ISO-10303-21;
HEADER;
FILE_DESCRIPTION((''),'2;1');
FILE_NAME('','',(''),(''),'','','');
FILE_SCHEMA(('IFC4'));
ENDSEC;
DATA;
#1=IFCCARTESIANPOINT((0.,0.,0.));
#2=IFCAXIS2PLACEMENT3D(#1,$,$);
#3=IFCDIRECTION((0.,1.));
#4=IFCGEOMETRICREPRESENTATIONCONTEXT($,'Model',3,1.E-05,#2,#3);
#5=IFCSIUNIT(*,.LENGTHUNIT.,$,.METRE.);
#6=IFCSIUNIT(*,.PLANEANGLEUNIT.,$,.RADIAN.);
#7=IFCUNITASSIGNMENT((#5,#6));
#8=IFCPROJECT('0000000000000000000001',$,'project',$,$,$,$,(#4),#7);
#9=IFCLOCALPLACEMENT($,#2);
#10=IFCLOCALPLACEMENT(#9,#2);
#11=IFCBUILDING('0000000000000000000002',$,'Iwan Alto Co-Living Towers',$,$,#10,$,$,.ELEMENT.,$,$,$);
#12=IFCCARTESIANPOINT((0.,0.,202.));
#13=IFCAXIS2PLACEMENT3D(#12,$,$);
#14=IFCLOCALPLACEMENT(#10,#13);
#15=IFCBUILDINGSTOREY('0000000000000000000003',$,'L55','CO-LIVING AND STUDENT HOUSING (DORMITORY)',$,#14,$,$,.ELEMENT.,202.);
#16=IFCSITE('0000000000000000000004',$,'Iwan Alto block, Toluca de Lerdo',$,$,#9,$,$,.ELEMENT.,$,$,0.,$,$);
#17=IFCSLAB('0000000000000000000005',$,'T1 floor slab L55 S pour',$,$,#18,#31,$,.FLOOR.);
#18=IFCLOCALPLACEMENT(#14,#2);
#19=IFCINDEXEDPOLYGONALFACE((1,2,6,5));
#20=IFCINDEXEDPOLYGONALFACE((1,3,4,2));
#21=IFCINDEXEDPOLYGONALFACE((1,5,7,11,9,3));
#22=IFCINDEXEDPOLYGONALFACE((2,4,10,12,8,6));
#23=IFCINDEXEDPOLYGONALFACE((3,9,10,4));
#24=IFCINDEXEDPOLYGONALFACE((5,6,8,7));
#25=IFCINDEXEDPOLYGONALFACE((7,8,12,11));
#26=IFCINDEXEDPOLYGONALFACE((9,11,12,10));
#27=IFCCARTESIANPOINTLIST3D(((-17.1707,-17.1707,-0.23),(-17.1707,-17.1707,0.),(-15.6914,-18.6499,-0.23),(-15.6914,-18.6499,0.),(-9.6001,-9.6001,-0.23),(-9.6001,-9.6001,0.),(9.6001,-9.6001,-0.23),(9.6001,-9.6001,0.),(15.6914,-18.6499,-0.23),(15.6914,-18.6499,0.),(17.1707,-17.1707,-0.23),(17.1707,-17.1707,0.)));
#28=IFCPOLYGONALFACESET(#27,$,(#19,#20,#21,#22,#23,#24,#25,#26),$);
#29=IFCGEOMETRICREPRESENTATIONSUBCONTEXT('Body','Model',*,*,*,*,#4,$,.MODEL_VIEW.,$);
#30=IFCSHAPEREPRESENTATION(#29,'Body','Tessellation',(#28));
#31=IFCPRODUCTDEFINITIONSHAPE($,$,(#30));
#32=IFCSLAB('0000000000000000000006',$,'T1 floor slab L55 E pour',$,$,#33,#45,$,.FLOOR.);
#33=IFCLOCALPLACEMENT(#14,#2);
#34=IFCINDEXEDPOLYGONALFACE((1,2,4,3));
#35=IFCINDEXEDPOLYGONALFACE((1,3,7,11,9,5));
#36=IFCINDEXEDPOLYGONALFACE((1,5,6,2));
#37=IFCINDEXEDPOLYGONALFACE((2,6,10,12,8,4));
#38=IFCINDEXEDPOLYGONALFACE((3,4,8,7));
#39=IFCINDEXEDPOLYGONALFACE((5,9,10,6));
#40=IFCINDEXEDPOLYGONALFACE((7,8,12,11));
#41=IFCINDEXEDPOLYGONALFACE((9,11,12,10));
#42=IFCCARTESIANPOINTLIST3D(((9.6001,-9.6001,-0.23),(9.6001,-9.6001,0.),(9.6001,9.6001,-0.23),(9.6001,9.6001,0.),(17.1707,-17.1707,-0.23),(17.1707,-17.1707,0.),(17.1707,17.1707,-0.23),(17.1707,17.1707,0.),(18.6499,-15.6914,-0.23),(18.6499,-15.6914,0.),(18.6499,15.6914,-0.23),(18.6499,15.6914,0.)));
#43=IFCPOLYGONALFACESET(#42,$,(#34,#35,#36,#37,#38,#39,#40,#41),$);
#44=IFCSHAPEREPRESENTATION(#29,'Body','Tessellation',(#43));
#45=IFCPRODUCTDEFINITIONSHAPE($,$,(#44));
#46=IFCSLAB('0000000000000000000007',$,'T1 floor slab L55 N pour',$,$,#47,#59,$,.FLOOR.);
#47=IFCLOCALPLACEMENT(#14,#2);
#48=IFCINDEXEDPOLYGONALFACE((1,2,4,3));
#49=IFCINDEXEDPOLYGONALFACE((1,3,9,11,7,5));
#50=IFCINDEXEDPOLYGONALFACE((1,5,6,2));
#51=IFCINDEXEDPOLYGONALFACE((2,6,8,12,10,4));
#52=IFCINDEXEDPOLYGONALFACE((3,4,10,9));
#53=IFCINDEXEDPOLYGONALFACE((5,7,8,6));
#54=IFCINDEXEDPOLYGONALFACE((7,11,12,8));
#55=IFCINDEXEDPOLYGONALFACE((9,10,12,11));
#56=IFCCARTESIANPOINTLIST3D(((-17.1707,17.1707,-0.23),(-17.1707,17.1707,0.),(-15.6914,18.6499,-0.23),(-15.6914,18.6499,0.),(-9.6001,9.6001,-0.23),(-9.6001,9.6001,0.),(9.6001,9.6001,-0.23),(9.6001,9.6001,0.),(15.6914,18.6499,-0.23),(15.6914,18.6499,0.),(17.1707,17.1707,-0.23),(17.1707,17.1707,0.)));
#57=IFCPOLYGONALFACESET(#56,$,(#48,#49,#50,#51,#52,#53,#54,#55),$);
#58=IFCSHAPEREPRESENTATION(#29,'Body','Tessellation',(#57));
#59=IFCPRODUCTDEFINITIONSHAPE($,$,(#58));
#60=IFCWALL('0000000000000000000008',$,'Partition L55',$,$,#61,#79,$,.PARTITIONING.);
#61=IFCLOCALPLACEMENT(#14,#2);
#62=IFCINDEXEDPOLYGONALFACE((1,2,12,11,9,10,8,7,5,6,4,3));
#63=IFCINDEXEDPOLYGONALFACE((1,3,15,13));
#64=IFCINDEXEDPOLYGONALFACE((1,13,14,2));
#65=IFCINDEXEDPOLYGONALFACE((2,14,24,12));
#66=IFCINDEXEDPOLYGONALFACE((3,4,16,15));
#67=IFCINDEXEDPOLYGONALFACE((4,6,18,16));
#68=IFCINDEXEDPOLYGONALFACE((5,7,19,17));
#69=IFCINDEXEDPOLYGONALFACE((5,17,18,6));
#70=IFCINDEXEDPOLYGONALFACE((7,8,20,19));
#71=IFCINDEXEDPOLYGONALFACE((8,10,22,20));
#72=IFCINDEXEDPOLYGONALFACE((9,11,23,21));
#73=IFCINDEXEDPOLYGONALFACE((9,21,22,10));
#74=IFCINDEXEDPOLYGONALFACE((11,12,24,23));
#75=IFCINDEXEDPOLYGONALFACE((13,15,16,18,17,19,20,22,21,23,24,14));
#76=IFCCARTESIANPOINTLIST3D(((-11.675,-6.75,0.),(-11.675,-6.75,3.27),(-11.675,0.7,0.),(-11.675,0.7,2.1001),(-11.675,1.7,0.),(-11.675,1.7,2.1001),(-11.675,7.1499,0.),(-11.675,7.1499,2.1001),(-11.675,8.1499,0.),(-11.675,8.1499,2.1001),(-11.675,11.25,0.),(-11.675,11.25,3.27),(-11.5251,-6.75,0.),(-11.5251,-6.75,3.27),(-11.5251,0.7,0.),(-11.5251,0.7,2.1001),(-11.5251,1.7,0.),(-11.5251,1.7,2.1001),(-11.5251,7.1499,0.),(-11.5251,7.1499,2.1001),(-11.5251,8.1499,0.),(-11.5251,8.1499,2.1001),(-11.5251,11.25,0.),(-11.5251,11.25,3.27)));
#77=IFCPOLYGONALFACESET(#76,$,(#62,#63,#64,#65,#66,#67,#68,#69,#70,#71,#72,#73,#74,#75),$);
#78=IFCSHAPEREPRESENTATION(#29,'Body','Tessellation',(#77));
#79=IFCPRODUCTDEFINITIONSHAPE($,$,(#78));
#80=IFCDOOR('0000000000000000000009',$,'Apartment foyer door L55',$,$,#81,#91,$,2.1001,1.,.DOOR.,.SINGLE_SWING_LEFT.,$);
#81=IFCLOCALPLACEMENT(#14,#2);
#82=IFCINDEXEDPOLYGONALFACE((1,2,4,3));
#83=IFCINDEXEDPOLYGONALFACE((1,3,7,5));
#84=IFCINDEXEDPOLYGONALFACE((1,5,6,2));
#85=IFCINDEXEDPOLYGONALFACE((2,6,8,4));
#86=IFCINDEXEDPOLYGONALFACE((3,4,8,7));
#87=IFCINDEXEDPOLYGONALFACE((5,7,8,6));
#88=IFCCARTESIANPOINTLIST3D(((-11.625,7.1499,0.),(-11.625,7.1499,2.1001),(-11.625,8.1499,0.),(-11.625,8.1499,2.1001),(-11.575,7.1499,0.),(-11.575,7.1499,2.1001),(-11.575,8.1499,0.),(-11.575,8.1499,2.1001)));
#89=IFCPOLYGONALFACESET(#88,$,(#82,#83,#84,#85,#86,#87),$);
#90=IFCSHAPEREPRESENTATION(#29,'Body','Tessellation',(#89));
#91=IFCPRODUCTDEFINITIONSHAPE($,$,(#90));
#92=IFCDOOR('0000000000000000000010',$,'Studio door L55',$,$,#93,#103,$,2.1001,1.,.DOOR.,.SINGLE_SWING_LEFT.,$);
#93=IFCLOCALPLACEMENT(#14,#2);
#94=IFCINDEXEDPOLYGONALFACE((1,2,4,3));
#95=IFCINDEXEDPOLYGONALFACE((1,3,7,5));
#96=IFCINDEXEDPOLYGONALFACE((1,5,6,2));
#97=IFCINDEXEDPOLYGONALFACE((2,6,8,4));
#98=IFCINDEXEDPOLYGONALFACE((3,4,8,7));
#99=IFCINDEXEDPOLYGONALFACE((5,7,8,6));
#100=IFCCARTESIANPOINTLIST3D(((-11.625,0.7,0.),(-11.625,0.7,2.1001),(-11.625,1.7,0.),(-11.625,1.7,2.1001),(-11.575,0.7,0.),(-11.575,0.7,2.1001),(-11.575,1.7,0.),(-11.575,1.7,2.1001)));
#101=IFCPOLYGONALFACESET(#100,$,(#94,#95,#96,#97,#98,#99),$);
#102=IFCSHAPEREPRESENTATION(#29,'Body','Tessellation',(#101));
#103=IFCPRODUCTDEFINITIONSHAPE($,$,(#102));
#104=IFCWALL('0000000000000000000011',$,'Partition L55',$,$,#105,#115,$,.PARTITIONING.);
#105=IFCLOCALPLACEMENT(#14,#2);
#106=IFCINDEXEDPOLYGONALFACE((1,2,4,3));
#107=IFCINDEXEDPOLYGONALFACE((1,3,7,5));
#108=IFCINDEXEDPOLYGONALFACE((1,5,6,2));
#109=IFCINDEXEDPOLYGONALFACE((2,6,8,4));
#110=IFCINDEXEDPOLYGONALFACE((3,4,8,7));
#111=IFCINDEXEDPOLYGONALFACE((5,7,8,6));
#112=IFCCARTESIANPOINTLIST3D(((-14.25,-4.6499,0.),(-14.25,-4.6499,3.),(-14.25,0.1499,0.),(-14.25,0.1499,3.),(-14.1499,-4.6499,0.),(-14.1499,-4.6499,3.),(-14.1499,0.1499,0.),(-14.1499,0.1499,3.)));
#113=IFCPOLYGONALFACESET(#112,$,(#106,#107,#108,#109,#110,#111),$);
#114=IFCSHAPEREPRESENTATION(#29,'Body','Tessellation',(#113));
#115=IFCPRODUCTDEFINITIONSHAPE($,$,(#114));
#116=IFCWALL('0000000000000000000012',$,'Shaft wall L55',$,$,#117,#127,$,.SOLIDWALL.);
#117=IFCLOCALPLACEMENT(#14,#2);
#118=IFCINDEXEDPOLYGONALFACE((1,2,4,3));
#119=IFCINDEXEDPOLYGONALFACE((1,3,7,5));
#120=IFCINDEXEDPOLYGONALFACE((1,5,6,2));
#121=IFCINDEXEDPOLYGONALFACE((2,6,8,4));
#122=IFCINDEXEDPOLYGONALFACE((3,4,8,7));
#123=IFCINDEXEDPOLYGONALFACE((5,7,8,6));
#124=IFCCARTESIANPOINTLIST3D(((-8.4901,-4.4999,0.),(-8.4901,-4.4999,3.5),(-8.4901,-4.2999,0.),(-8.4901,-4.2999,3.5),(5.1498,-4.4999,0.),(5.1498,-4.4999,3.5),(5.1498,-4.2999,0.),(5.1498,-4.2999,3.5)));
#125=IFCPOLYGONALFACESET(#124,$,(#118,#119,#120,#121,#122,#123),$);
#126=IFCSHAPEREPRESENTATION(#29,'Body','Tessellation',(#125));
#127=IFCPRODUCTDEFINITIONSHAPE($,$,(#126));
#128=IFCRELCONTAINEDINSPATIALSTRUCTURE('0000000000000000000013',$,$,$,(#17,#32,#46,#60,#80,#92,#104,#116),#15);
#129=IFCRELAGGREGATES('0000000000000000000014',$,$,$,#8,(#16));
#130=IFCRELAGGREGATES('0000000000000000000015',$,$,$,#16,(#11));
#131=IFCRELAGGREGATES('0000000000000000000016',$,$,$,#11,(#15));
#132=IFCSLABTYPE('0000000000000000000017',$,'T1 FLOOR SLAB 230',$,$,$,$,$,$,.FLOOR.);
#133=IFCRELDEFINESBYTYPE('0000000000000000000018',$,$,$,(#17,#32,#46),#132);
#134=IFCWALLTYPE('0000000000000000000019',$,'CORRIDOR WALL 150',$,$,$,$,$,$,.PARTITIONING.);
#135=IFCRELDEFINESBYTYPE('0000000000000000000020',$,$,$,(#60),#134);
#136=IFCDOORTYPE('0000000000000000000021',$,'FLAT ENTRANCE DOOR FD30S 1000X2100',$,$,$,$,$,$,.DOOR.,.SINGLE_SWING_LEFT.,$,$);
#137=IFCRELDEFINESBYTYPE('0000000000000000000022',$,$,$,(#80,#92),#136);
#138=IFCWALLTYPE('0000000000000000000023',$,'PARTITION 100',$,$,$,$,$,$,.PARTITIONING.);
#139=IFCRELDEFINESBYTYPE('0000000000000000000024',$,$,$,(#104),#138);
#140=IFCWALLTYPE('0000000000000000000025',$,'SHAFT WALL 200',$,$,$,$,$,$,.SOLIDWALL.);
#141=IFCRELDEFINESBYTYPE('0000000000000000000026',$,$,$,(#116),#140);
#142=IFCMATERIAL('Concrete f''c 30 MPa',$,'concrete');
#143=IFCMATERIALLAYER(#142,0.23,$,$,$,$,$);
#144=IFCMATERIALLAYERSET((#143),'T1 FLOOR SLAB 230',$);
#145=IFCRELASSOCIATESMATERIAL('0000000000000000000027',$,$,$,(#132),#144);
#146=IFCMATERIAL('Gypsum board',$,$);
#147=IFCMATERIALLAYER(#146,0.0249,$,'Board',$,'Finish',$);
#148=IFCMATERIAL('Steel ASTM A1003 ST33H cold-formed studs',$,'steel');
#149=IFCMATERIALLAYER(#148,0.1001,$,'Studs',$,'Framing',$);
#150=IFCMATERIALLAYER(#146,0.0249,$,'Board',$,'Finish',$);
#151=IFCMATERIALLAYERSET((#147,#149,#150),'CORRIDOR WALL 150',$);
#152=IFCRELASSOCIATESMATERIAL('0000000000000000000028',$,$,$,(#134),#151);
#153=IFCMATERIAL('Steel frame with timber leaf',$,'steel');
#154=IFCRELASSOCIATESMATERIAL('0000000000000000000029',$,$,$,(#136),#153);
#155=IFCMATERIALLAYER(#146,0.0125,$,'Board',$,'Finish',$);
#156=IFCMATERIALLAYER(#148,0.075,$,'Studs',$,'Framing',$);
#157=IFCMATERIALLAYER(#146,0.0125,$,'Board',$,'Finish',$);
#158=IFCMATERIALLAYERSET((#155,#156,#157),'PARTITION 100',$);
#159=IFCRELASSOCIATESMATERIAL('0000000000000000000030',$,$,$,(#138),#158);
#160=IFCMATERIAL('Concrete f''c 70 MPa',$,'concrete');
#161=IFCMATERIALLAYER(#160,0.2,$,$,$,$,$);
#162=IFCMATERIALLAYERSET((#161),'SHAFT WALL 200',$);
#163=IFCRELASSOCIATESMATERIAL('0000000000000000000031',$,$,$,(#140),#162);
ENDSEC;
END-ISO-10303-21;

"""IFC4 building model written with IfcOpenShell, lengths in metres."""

from ifc_helpers import new_model, si_unit, direction, frame, frame_2d, origin, place, context, subcontext, project, spatial, polyline, rectangle, outline, extrude, material, layer, layer_set, type_object, element, fill, save


model = new_model("IFC4")

# Units and contexts
model_context = context("Model", 3, precision=1e-05, world=origin(), true_north=direction((0.0, 1.0)))
body_context = subcontext(model_context, "Body", "Model", "MODEL_VIEW")
ifc_project = project(units=[si_unit("LENGTHUNIT", "METRE"), si_unit("PLANEANGLEUNIT", "RADIAN")], contexts=[model_context])

# Site, building, storey
site_placement = place(None, origin())
site = spatial("IfcSite", under=ifc_project, at=site_placement, Name="Iwan Alto block, Toluca de Lerdo", CompositionType="ELEMENT", RefElevation=0.0)
building_placement = place(site_placement, origin())
building = spatial("IfcBuilding", under=site, at=building_placement, Name="Iwan Alto Co-Living Towers", CompositionType="ELEMENT")
storey_placement = place(building_placement, frame((0.0, 0.0, 202.0)))
storey = spatial("IfcBuildingStorey", under=building, at=storey_placement, Name="L55", Description="CO-LIVING AND STUDENT HOUSING (DORMITORY)", CompositionType="ELEMENT", Elevation=202.0)

# Slabs
ifc_material_1 = material(Name="Concrete f'c 30 MPa", Category="concrete")
ifc_layer_1 = layer(ifc_material_1, 0.23)
ifc_layer_set_1 = layer_set([ifc_layer_1], Name="T1 FLOOR SLAB 230")
slab_type = type_object("IfcSlabType", Name="T1 FLOOR SLAB 230", PredefinedType="FLOOR", material=ifc_layer_set_1)
slab_1_placement = place(storey_placement, frame((0.0, 0.0, -0.23)))
element("IfcSlab", 1, at=slab_1_placement, inside=storey, type_object=slab_type, Name="T1 floor slab L55 S pour", PredefinedType="FLOOR", context=body_context, shape_type="SweptSolid", body=[
    extrude(outline(polyline([(15.6914, -18.6499), (-15.6914, -18.6499), (-17.1707, -17.1707), (-9.6001, -9.6001), (9.6001, -9.6001), (17.1707, -17.1707), (15.6914, -18.6499)])), origin(), (0.0, 0.0, 1.0), 0.23),
])
slab_2_placement = place(storey_placement, frame((0.0, 0.0, -0.23)))
element("IfcSlab", 2, at=slab_2_placement, inside=storey, type_object=slab_type, Name="T1 floor slab L55 E pour", PredefinedType="FLOOR", context=body_context, shape_type="SweptSolid", body=[
    extrude(outline(polyline([(18.6499, 15.6914), (18.6499, -15.6914), (17.1707, -17.1707), (9.6001, -9.6001), (9.6001, 9.6001), (17.1707, 17.1707), (18.6499, 15.6914)])), origin(), (0.0, 0.0, 1.0), 0.23),
])
slab_3_placement = place(storey_placement, frame((0.0, 0.0, -0.23)))
element("IfcSlab", 3, at=slab_3_placement, inside=storey, type_object=slab_type, Name="T1 floor slab L55 N pour", PredefinedType="FLOOR", context=body_context, shape_type="SweptSolid", body=[
    extrude(outline(polyline([(-15.6914, 18.6499), (15.6914, 18.6499), (17.1707, 17.1707), (9.6001, 9.6001), (-9.6001, 9.6001), (-17.1707, 17.1707), (-15.6914, 18.6499)])), origin(), (0.0, 0.0, 1.0), 0.23),
])

# Wall, openings, doors
ifc_material_2 = material(Name="Gypsum board")
ifc_layer_2 = layer(ifc_material_2, 0.0249, Name="Board", Category="Finish")
ifc_material_3 = material(Name="Steel ASTM A1003 ST33H cold-formed studs", Category="steel")
ifc_layer_3 = layer(ifc_material_3, 0.1001, Name="Studs", Category="Framing")
ifc_layer_4 = layer(ifc_material_2, 0.0249, Name="Board", Category="Finish")
ifc_layer_set_2 = layer_set([ifc_layer_2, ifc_layer_3, ifc_layer_4], Name="CORRIDOR WALL 150")
wall_type_1 = type_object("IfcWallType", Name="CORRIDOR WALL 150", PredefinedType="PARTITIONING", material=ifc_layer_set_2)
wall_1_placement = place(storey_placement, frame((-11.6001, -6.75, 0.0), z_axis=(0.0, 0.0, 1.0), x_axis=(0.0, 1.0, 0.0)))
wall_1 = element("IfcWall", 4, at=wall_1_placement, inside=storey, type_object=wall_type_1, Name="Partition L55", PredefinedType="PARTITIONING", context=body_context, shape_type="SweptSolid", body=[
    extrude(rectangle(XDim=18.0, YDim=0.1499, at=frame_2d((9.0, 0.0))), origin(), (0.0, 0.0, 1.0), 3.27),
])
opening_1_placement = place(wall_1_placement, frame((13.8999, 0.0, 0.0)))
opening_1 = element("IfcOpeningElement", 5, at=opening_1_placement, cuts=wall_1, PredefinedType="OPENING", context=body_context, shape_type="SweptSolid", body=[
    extrude(rectangle(XDim=1.0, YDim=2.1001, at=frame_2d((0.5, 1.05))), frame((0.0, 0.085, 0.0), z_axis=(0.0, -1.0, 0.0), x_axis=(1.0, 0.0, 0.0)), (0.0, 0.0, 1.0), 0.1699),
])
opening_2_placement = place(wall_1_placement, frame((7.45, 0.0, 0.0)))
opening_2 = element("IfcOpeningElement", 6, at=opening_2_placement, cuts=wall_1, PredefinedType="OPENING", context=body_context, shape_type="SweptSolid", body=[
    extrude(rectangle(XDim=1.0, YDim=2.1001, at=frame_2d((0.5, 1.05))), frame((0.0, 0.085, 0.0), z_axis=(0.0, -1.0, 0.0), x_axis=(1.0, 0.0, 0.0)), (0.0, 0.0, 1.0), 0.1699),
])
ifc_material_4 = material(Name="Steel frame with timber leaf", Category="steel")
door_type_1 = type_object("IfcDoorType", Name="FLAT ENTRANCE DOOR FD30S 1000X2100", OperationType="SINGLE_SWING_LEFT", PredefinedType="DOOR", material=ifc_material_4)
door_1_placement = place(opening_1_placement, origin())
door_1 = element("IfcDoor", 7, at=door_1_placement, inside=storey, type_object=door_type_1, Name="Apartment foyer door L55", OperationType="SINGLE_SWING_LEFT", OverallHeight=2.1001, OverallWidth=1.0, PredefinedType="DOOR", context=body_context, shape_type="SweptSolid", body=[
    extrude(rectangle(XDim=1.0, YDim=2.1001, at=frame_2d((0.5, 1.05))), frame((0.0, 0.0249, 0.0), z_axis=(0.0, -1.0, 0.0), x_axis=(1.0, 0.0, 0.0)), (0.0, 0.0, 1.0), 0.05),
])
fill(opening_1, door_1)
door_2_placement = place(opening_2_placement, origin())
door_2 = element("IfcDoor", 8, at=door_2_placement, inside=storey, type_object=door_type_1, Name="Studio door L55", OperationType="SINGLE_SWING_LEFT", OverallHeight=2.1001, OverallWidth=1.0, PredefinedType="DOOR", context=body_context, shape_type="SweptSolid", body=[
    extrude(rectangle(XDim=1.0, YDim=2.1001, at=frame_2d((0.5, 1.05))), frame((0.0, 0.0249, 0.0), z_axis=(0.0, -1.0, 0.0), x_axis=(1.0, 0.0, 0.0)), (0.0, 0.0, 1.0), 0.05),
])
fill(opening_2, door_2)

# Walls
ifc_layer_5 = layer(ifc_material_2, 0.0125, Name="Board", Category="Finish")
ifc_layer_6 = layer(ifc_material_3, 0.075, Name="Studs", Category="Framing")
ifc_layer_7 = layer(ifc_material_2, 0.0125, Name="Board", Category="Finish")
ifc_layer_set_3 = layer_set([ifc_layer_5, ifc_layer_6, ifc_layer_7], Name="PARTITION 100")
wall_type_2 = type_object("IfcWallType", Name="PARTITION 100", PredefinedType="PARTITIONING", material=ifc_layer_set_3)
wall_2_placement = place(storey_placement, frame((-14.2, -4.6499, 0.0), z_axis=(0.0, 0.0, 1.0), x_axis=(0.0, 1.0, 0.0)))
element("IfcWall", 9, at=wall_2_placement, inside=storey, type_object=wall_type_2, Name="Partition L55", PredefinedType="PARTITIONING", context=body_context, shape_type="SweptSolid", body=[
    extrude(rectangle(XDim=4.7998, YDim=0.1001, at=frame_2d((2.3999, 0.0))), origin(), (0.0, 0.0, 1.0), 3.0),
])
ifc_material_5 = material(Name="Concrete f'c 70 MPa", Category="concrete")
ifc_layer_8 = layer(ifc_material_5, 0.2)
ifc_layer_set_4 = layer_set([ifc_layer_8], Name="SHAFT WALL 200")
wall_type_3 = type_object("IfcWallType", Name="SHAFT WALL 200", PredefinedType="SOLIDWALL", material=ifc_layer_set_4)
wall_3_placement = place(storey_placement, frame((-8.49, -4.3999, 0.0), z_axis=(0.0, 0.0, 1.0), x_axis=(1.0, 0.0, 0.0)))
element("IfcWall", 10, at=wall_3_placement, inside=storey, type_object=wall_type_3, Name="Shaft wall L55", PredefinedType="SOLIDWALL", context=body_context, shape_type="SweptSolid", body=[
    extrude(rectangle(XDim=13.6399, YDim=0.2, at=frame_2d((6.8198, 0.0))), origin(), (0.0, 0.0, 1.0), 3.5),
])

save(model, "model.ifc")
